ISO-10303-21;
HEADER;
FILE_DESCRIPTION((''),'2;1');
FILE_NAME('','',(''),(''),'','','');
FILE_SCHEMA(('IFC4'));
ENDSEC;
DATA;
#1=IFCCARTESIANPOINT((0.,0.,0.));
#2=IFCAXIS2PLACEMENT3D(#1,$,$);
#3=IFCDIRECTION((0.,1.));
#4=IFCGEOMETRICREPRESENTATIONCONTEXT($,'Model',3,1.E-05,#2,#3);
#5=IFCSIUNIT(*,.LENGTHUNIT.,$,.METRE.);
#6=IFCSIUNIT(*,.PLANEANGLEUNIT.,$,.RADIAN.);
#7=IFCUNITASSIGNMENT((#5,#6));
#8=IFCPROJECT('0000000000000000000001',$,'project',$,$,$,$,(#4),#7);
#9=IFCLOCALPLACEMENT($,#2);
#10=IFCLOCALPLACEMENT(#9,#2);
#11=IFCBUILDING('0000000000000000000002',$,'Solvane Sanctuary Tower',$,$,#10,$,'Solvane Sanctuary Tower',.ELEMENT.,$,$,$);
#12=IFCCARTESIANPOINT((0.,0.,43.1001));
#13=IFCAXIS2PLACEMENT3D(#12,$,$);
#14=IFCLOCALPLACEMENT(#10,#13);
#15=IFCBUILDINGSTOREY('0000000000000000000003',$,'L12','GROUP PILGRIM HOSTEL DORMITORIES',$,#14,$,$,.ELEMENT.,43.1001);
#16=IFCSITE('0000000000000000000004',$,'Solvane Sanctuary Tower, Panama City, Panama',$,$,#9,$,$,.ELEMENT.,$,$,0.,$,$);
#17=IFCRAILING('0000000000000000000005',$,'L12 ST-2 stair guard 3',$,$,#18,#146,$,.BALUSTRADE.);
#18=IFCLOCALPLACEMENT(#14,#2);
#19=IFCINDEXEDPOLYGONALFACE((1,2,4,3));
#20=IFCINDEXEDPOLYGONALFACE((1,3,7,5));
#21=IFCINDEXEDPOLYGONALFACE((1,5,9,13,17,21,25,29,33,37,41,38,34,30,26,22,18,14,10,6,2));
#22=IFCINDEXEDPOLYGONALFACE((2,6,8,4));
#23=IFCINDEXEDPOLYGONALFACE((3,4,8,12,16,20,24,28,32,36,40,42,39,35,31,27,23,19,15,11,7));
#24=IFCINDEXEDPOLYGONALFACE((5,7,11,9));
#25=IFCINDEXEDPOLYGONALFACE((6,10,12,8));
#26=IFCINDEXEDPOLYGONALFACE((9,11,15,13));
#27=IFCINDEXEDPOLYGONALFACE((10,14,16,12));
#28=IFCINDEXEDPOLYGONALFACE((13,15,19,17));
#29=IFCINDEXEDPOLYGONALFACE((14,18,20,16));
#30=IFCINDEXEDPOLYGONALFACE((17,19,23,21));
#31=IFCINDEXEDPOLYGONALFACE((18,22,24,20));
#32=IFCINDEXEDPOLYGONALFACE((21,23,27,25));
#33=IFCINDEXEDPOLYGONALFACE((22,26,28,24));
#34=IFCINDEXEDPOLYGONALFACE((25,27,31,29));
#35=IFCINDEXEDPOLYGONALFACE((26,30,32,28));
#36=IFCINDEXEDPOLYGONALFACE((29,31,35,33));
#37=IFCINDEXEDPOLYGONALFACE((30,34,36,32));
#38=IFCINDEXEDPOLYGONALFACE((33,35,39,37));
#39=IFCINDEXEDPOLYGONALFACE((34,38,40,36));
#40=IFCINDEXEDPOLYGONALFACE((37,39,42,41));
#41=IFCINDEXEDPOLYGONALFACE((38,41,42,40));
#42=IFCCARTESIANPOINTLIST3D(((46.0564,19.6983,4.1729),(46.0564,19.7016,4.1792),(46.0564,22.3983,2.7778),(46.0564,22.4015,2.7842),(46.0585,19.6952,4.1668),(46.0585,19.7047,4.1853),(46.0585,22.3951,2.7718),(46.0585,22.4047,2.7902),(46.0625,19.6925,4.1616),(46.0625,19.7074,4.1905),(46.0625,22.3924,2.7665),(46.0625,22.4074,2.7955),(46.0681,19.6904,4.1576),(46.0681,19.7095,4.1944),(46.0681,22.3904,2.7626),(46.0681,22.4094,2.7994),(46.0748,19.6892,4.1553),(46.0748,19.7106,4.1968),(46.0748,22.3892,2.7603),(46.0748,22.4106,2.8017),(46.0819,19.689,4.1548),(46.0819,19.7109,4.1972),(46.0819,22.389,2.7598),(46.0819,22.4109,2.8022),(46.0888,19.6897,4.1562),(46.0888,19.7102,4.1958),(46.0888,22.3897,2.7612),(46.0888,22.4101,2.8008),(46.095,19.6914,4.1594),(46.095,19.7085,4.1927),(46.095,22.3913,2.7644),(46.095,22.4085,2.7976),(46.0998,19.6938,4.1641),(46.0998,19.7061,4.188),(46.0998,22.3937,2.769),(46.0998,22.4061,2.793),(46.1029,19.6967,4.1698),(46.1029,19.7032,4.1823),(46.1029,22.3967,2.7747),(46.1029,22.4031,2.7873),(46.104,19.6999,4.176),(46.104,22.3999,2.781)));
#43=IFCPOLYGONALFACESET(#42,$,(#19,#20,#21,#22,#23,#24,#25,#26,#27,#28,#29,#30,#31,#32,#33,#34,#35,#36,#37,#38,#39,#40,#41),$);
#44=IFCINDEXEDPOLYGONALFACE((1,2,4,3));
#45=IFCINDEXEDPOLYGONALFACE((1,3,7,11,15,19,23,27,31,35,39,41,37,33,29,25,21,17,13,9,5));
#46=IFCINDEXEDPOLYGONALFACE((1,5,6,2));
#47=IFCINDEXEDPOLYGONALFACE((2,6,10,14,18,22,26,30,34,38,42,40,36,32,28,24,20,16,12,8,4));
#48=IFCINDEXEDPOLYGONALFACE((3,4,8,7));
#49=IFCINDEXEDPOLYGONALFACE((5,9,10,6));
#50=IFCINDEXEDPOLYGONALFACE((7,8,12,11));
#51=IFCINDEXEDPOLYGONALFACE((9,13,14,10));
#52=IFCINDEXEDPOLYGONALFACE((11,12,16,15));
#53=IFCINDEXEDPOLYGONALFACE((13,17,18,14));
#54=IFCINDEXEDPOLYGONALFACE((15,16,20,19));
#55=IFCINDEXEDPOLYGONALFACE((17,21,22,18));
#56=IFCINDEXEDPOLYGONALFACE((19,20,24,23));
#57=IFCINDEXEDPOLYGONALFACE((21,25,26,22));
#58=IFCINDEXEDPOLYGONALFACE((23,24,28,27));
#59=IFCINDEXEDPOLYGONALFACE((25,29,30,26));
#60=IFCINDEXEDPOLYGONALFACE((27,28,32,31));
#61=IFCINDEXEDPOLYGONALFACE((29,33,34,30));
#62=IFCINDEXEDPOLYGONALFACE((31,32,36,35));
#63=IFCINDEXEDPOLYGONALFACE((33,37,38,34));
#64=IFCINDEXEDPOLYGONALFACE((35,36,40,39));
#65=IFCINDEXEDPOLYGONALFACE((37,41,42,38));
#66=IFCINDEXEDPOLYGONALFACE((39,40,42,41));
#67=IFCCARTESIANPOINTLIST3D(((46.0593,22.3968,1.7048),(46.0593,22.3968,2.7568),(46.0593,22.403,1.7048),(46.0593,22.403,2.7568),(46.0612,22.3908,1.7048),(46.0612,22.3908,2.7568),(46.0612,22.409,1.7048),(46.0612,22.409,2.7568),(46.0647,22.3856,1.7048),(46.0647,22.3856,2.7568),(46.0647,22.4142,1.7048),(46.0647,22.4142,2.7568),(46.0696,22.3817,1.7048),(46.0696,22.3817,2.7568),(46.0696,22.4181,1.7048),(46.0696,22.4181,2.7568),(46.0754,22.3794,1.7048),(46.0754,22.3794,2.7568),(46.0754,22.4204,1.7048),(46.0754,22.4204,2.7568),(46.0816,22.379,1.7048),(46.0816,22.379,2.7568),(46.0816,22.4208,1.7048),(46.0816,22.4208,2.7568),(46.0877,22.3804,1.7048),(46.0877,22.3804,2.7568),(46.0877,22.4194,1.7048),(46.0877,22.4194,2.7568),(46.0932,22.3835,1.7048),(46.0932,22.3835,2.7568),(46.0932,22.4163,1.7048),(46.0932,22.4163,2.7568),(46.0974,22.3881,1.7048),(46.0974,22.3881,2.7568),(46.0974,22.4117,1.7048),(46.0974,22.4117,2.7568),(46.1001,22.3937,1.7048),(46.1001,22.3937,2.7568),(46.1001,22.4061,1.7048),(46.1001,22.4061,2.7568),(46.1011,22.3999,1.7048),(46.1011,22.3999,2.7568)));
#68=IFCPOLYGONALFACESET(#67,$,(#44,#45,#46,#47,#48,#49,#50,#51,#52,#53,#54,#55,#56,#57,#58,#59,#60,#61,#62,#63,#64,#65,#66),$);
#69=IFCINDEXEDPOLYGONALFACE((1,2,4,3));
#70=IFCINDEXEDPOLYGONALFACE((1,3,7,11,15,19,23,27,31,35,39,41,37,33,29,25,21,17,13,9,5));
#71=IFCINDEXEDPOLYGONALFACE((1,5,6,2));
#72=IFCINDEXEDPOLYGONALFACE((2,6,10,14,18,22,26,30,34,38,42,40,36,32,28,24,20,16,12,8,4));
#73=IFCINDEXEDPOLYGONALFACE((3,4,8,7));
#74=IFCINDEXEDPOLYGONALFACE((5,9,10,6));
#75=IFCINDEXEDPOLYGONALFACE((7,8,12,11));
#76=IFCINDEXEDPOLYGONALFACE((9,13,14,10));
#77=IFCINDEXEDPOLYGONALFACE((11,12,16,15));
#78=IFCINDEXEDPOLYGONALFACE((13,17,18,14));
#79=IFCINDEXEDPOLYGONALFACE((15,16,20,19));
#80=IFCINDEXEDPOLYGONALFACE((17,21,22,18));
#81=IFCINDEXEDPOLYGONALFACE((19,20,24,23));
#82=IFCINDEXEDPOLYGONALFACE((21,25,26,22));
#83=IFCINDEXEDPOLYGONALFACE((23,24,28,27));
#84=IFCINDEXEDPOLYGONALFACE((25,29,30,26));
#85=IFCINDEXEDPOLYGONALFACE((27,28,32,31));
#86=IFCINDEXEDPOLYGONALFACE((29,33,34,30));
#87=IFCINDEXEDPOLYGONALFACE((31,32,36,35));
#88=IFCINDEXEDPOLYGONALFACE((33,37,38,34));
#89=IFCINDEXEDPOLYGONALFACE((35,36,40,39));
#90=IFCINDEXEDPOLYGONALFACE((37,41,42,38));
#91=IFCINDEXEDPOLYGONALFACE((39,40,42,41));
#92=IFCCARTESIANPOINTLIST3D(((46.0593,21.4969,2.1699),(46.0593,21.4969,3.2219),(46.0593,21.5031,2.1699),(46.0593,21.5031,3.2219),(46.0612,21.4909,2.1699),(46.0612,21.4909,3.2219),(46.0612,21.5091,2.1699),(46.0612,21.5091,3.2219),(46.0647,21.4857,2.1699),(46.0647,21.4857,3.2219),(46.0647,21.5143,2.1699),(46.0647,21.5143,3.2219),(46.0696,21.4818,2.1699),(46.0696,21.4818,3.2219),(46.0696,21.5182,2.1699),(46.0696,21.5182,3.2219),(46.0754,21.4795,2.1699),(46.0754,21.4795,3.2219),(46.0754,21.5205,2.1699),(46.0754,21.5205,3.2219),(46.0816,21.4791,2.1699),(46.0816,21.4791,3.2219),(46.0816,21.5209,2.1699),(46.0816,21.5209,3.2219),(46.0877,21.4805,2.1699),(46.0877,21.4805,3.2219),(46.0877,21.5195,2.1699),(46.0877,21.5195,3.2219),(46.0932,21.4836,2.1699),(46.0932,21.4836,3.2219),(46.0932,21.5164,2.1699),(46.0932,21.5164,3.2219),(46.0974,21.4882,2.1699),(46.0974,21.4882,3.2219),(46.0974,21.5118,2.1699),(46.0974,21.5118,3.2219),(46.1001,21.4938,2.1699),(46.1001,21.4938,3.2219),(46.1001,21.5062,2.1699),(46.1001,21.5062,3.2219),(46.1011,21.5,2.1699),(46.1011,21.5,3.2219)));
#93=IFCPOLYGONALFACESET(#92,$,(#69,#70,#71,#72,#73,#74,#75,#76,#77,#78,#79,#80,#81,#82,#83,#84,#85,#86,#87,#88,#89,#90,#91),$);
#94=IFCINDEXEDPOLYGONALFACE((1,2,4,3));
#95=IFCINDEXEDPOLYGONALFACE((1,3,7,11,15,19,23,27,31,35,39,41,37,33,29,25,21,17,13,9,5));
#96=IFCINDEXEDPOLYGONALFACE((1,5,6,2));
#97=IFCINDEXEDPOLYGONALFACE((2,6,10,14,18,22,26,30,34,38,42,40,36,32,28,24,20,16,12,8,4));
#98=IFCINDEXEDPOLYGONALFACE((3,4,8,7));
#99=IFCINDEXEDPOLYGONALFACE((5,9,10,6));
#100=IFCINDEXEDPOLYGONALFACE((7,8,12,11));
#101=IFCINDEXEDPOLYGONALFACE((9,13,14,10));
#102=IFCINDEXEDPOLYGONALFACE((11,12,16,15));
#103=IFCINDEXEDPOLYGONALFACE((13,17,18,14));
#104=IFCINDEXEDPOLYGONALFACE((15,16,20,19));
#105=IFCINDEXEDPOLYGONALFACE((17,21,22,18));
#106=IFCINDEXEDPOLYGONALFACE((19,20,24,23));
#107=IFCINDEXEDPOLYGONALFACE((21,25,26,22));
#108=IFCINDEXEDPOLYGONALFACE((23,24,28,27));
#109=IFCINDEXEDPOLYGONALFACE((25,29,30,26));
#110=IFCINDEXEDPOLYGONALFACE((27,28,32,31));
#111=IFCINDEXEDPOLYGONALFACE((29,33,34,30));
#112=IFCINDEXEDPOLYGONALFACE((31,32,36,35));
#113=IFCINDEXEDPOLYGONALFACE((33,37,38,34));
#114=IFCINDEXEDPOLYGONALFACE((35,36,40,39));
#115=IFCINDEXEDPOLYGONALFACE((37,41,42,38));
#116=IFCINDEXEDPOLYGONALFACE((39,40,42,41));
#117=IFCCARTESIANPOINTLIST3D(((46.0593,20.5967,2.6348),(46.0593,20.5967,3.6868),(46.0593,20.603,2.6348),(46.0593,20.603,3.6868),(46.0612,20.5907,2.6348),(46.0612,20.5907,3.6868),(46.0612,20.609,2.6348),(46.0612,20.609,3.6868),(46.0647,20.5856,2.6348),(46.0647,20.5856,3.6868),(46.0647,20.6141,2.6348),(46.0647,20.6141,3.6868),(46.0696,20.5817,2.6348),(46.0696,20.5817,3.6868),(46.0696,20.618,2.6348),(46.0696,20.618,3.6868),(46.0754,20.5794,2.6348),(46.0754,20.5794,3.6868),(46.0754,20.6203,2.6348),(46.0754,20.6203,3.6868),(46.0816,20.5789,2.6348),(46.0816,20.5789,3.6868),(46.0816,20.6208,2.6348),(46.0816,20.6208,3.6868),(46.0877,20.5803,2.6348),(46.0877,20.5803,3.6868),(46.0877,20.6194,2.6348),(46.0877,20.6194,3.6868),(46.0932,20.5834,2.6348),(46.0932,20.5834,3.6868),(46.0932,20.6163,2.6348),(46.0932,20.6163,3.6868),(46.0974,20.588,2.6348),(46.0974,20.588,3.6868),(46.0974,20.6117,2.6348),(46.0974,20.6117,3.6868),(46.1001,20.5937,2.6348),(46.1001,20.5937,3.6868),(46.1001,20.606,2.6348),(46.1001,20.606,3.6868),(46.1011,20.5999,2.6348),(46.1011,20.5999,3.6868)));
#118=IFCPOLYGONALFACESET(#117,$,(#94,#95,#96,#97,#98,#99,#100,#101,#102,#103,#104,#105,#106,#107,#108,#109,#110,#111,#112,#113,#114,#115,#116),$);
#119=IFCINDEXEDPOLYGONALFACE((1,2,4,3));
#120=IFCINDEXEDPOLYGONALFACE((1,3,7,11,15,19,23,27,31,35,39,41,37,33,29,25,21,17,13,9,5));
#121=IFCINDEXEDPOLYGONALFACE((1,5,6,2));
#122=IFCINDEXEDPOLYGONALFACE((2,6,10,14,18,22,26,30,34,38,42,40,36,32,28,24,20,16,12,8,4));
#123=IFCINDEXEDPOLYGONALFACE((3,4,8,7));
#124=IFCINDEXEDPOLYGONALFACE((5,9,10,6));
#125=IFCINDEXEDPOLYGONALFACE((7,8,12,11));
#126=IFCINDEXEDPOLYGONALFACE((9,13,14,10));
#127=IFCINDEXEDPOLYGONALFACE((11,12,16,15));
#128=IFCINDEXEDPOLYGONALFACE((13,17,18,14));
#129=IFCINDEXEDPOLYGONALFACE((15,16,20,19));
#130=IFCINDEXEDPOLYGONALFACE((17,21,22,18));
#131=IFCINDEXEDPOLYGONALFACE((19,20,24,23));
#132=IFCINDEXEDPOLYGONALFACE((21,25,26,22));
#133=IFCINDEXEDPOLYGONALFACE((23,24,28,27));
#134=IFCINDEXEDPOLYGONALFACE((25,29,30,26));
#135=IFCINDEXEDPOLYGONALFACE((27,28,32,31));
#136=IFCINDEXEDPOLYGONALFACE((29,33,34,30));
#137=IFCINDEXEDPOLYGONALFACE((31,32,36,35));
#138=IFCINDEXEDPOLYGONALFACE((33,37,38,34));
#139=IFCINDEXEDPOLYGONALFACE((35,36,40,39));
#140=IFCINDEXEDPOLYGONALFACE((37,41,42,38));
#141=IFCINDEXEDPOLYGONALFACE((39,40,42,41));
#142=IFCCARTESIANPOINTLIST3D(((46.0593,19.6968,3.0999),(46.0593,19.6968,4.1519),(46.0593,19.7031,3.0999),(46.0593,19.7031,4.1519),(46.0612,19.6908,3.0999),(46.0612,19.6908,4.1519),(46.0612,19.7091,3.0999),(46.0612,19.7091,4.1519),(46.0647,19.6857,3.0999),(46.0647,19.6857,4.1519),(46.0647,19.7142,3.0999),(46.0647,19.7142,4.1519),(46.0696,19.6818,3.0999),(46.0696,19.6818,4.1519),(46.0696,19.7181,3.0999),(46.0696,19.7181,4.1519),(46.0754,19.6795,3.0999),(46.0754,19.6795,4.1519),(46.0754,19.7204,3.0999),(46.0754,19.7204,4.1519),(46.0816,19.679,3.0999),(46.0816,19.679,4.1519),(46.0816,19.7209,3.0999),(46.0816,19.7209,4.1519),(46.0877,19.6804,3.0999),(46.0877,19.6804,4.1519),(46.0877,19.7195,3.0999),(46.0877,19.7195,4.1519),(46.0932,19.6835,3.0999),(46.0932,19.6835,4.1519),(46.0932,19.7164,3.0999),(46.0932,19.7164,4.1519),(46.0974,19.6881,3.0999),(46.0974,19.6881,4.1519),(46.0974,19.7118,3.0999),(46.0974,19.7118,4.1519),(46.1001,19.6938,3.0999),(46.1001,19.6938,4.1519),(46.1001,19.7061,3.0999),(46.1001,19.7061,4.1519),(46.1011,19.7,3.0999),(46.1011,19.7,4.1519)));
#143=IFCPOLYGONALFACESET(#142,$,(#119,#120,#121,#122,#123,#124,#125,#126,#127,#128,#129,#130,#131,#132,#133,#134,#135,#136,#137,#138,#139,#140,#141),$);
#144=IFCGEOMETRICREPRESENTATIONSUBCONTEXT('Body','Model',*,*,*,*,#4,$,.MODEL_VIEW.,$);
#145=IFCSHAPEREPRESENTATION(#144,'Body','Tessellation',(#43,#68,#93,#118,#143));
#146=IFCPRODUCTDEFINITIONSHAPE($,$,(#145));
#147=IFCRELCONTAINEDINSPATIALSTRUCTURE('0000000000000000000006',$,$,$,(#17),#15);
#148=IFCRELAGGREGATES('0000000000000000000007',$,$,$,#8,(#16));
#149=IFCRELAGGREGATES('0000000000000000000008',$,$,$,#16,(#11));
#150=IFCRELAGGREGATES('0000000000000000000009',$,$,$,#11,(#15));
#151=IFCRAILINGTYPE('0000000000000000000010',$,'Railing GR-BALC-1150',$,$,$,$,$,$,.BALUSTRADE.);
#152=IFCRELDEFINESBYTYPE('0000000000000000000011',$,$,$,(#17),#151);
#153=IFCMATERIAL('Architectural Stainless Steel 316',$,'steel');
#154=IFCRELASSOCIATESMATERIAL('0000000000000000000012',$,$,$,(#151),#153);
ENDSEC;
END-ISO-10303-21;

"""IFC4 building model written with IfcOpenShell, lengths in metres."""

from ifc_helpers import new_model, si_unit, direction, frame, origin, origin_2d, place, context, subcontext, project, spatial, circle, extrude, material, type_object, element, save


model = new_model("IFC4")

# Units and contexts
model_context = context("Model", 3, precision=1e-05, world=origin(), true_north=direction((0.0, 1.0)))
body_context = subcontext(model_context, "Body", "Model", "MODEL_VIEW")
ifc_project = project(units=[si_unit("LENGTHUNIT", "METRE"), si_unit("PLANEANGLEUNIT", "RADIAN")], contexts=[model_context])

# Site, building, storey
site_placement = place(None, origin())
site = spatial("IfcSite", under=ifc_project, at=site_placement, Name="Solvane Sanctuary Tower, Panama City, Panama", CompositionType="ELEMENT", RefElevation=0.0)
building_placement = place(site_placement, origin())
building = spatial("IfcBuilding", under=site, at=building_placement, Name="Solvane Sanctuary Tower", LongName="Solvane Sanctuary Tower", CompositionType="ELEMENT")
storey_placement = place(building_placement, frame((0.0, 0.0, 43.1001)))
storey = spatial("IfcBuildingStorey", under=building, at=storey_placement, Name="L12", Description="GROUP PILGRIM HOSTEL DORMITORIES", CompositionType="ELEMENT", Elevation=43.1001)

# Shared definitions
ifc_material_1 = material(Name="Architectural Stainless Steel 316", Category="steel")

# Railing
railing_type_1 = type_object("IfcRailingType", Name="Railing GR-BALC-1150", PredefinedType="BALUSTRADE", material=ifc_material_1)
railing_1_placement = place(storey_placement, frame((46.0801, 22.3999, 1.7048)))
element("IfcRailing", 1, at=railing_1_placement, inside=storey, type_object=railing_type_1, Name="L12 ST-2 stair guard 3", PredefinedType="BALUSTRADE", context=body_context, shape_type="SweptSolid", body=[
    extrude(circle(Radius=0.0239, at=origin_2d()), frame((0.0, 0.0, 1.0762), z_axis=(0.0, -0.88842, 0.459032), x_axis=(1.0, 0.0, 0.0)), (0.0, 0.0, 1.0), 3.0391),
    extrude(circle(Radius=0.021, at=origin_2d()), origin(), (0.0, 0.0, 1.0), 1.052),
    extrude(circle(Radius=0.021, at=origin_2d()), frame((0.0, -0.8999, 0.4651)), (0.0, 0.0, 1.0), 1.052),
    extrude(circle(Radius=0.021, at=origin_2d()), frame((0.0, -1.8, 0.9299)), (0.0, 0.0, 1.0), 1.052),
    extrude(circle(Radius=0.021, at=origin_2d()), frame((0.0, -2.7, 1.395)), (0.0, 0.0, 1.0), 1.052),
])

save(model, "model.ifc")
